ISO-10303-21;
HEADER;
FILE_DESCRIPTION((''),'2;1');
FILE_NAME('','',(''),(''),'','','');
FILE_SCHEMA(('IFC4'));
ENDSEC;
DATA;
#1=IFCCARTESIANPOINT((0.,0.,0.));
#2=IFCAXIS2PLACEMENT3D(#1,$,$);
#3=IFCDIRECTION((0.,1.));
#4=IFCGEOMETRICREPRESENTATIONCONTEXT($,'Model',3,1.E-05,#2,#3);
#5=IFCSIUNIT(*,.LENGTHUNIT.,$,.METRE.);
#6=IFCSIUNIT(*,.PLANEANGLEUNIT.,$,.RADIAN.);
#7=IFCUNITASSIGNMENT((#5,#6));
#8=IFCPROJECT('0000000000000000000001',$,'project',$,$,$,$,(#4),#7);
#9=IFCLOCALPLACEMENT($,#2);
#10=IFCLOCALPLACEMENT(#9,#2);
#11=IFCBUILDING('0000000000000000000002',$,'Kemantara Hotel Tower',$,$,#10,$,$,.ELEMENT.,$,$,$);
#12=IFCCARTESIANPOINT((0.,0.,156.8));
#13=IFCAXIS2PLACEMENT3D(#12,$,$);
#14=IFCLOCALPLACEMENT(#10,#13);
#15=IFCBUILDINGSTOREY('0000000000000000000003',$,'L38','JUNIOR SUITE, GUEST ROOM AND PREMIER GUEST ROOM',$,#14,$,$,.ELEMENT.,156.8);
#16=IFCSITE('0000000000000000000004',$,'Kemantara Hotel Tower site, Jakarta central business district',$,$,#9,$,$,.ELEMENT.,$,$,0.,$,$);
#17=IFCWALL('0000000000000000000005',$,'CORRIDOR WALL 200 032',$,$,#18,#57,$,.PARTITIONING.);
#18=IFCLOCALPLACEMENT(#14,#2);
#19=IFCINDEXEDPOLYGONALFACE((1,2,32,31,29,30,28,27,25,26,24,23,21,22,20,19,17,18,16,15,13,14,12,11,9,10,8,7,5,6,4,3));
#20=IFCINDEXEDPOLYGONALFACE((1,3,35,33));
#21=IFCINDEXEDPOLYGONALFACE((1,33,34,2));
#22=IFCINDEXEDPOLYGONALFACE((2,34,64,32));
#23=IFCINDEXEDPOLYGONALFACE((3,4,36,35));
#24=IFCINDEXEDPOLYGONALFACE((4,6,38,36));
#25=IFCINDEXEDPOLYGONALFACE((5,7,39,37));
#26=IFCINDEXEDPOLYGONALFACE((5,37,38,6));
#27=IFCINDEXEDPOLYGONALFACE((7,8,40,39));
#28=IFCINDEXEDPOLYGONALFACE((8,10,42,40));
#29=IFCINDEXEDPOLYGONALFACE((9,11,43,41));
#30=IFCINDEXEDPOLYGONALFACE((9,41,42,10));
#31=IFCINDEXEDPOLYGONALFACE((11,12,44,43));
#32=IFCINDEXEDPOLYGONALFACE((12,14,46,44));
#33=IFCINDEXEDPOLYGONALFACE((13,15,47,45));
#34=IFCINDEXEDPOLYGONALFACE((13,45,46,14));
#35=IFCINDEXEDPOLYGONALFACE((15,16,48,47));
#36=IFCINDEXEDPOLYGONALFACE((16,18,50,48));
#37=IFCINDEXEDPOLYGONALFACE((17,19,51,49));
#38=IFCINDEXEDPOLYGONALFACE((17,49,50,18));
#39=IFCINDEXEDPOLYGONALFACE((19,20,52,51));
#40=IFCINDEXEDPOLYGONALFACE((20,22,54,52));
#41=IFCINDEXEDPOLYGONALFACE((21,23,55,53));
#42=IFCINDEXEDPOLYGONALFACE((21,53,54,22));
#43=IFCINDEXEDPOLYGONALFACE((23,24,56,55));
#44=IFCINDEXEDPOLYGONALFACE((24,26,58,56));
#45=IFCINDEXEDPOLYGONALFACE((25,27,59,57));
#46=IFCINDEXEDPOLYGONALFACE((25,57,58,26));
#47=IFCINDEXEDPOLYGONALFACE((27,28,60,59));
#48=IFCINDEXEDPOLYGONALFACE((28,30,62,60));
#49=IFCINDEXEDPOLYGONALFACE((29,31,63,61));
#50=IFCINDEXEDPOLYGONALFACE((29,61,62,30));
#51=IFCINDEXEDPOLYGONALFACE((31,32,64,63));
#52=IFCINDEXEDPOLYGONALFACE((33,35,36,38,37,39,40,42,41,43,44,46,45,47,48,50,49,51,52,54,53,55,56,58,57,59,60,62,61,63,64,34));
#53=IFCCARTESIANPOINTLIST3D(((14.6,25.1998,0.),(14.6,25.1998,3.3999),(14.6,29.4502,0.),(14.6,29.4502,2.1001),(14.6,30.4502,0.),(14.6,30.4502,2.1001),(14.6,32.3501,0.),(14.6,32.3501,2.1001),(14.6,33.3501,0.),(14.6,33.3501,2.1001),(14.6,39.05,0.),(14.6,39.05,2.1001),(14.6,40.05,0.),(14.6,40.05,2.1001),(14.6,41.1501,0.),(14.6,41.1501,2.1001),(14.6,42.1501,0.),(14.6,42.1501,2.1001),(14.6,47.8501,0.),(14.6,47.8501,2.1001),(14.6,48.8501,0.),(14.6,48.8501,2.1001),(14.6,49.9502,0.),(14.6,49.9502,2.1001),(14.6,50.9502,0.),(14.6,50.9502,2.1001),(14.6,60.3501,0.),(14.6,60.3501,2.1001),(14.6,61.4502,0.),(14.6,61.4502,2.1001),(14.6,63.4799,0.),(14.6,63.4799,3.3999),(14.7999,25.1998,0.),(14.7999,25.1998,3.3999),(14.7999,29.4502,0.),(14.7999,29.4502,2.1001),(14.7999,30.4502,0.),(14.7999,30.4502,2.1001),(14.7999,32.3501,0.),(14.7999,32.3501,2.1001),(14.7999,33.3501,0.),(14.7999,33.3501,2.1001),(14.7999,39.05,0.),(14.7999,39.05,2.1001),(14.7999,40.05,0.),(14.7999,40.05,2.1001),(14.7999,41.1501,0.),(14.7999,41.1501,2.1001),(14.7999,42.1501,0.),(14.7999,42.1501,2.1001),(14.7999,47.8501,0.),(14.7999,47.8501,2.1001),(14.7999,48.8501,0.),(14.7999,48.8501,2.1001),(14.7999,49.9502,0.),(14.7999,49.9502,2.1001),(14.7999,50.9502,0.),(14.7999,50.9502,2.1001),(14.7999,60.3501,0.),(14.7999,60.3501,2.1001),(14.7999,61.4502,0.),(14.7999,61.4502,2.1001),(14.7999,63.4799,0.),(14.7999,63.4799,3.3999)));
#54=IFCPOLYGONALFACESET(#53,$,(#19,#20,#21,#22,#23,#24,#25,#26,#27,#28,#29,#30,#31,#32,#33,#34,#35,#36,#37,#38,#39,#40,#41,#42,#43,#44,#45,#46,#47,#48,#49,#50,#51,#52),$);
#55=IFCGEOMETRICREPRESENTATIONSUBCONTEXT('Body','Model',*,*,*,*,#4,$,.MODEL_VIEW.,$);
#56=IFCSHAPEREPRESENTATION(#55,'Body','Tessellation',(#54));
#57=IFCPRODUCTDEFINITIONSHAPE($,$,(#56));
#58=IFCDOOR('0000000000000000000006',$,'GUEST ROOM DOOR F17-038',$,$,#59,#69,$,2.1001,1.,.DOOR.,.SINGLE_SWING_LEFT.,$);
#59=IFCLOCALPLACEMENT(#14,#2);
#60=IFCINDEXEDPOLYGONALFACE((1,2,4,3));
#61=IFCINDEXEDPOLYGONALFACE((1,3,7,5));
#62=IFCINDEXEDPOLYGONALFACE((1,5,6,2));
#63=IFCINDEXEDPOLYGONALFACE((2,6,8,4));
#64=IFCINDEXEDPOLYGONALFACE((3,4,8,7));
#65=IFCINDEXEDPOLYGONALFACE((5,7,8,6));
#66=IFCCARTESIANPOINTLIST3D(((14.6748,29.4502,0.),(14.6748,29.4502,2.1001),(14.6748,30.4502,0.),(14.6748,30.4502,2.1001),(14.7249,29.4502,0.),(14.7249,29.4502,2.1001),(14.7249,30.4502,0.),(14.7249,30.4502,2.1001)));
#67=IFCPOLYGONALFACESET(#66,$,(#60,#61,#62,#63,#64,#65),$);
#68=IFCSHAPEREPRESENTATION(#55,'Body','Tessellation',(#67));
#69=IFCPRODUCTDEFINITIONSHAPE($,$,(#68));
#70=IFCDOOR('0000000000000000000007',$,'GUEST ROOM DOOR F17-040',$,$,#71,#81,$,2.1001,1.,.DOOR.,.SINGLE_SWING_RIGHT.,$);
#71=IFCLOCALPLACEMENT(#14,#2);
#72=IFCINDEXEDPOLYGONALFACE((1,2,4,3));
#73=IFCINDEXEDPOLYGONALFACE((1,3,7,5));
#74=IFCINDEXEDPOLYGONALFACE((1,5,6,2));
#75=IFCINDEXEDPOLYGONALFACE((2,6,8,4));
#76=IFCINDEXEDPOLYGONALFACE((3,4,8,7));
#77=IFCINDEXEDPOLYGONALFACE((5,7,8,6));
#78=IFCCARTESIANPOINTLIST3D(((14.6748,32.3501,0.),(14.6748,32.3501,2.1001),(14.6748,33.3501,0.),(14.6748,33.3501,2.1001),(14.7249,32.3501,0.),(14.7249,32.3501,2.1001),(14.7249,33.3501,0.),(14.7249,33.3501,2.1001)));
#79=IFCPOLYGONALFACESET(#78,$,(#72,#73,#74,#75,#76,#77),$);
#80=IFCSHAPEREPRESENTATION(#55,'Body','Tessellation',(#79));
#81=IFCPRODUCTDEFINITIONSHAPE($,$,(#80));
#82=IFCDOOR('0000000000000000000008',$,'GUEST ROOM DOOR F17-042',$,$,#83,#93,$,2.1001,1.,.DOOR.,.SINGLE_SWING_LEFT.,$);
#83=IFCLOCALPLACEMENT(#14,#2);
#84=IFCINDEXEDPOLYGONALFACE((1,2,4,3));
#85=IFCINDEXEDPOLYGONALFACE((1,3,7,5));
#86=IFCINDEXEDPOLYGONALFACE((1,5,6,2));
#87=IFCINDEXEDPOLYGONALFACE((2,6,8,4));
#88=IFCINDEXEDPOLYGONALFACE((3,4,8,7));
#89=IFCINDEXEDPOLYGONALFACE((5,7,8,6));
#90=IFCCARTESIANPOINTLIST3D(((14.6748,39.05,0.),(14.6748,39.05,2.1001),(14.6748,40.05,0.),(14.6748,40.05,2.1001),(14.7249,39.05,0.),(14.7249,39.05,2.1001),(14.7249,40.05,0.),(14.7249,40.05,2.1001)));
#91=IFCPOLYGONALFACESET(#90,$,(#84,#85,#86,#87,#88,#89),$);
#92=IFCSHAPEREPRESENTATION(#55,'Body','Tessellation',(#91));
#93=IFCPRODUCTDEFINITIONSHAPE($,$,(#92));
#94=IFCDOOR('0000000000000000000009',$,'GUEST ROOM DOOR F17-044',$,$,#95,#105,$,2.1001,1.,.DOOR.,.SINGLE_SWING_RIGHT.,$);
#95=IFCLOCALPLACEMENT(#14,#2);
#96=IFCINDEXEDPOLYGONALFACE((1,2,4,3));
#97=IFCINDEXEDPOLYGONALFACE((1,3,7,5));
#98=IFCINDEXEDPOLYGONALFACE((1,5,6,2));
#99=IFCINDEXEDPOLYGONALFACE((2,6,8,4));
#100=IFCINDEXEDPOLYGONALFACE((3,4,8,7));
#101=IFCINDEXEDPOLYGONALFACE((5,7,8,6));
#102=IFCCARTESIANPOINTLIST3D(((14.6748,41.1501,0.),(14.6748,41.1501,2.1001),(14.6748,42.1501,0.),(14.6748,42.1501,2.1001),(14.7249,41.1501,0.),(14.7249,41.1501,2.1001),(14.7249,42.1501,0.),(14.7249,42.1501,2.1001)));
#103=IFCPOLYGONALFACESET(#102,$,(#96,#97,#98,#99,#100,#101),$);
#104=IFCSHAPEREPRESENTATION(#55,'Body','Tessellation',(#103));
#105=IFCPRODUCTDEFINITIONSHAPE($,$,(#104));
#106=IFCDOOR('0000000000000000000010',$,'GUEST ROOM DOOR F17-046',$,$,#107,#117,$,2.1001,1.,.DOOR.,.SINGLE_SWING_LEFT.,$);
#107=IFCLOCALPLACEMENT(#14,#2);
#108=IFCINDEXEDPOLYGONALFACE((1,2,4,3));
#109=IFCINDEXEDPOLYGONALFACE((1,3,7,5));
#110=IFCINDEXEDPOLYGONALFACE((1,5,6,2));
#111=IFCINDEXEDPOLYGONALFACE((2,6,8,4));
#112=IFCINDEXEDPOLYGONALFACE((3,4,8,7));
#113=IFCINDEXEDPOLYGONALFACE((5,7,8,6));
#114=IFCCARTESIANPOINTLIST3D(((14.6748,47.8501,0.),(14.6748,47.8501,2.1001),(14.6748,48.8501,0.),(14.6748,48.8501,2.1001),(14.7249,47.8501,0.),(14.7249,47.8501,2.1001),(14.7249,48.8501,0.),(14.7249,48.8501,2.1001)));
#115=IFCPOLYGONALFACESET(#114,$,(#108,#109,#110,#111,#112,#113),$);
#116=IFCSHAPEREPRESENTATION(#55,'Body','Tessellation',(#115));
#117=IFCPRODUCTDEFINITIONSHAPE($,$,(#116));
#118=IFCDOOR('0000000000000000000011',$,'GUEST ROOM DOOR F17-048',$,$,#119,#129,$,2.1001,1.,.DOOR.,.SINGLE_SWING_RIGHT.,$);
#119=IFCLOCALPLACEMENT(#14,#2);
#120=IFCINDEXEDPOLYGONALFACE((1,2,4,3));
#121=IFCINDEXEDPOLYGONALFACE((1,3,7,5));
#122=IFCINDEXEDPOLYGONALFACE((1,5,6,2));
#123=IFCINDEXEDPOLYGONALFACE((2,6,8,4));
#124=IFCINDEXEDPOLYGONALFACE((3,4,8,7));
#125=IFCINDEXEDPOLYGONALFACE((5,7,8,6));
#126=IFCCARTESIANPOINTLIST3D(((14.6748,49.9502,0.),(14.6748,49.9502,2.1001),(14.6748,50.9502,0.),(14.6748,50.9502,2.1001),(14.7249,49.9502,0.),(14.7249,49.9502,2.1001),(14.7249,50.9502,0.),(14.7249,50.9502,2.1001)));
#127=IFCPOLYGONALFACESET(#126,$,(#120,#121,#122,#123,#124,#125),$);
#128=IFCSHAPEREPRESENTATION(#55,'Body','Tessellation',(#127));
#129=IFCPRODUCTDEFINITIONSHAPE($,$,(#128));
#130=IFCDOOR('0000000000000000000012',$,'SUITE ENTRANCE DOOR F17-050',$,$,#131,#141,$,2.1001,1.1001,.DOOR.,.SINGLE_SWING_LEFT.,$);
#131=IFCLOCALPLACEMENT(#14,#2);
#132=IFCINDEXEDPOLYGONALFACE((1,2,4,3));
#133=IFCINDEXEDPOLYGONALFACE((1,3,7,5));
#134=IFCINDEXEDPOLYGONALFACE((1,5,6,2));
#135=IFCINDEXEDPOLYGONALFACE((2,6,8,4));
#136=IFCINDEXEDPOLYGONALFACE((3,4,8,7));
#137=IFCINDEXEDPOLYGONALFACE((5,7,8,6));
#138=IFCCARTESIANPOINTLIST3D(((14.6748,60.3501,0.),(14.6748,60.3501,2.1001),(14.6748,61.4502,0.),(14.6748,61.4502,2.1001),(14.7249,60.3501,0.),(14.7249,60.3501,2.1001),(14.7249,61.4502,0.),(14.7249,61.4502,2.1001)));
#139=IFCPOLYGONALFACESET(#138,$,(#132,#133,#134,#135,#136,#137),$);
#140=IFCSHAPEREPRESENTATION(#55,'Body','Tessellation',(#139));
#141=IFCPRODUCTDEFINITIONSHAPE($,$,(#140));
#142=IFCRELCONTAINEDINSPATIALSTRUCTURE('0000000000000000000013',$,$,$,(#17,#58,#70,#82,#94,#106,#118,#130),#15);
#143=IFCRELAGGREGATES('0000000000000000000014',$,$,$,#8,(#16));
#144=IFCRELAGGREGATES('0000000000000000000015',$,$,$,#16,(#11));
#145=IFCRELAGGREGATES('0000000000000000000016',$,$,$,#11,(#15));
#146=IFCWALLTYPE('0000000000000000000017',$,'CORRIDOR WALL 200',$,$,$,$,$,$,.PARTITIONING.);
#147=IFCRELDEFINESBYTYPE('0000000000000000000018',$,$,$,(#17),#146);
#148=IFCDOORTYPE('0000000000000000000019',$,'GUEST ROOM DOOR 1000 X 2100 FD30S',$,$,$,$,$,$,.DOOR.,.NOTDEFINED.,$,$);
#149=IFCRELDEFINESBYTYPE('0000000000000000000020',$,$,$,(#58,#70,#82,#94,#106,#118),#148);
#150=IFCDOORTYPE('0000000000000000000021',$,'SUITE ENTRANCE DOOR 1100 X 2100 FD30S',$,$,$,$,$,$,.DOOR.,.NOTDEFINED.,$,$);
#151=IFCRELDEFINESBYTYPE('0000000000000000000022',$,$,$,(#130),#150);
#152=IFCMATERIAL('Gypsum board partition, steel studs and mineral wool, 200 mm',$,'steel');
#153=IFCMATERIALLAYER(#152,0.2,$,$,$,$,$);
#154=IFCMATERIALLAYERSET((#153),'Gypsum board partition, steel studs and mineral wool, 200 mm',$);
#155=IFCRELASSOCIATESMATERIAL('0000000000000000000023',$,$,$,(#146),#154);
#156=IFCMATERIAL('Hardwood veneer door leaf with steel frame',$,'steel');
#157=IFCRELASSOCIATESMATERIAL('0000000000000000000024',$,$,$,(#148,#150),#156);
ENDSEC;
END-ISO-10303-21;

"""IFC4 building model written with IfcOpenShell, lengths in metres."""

from ifc_helpers import new_model, si_unit, direction, frame, frame_2d, origin, place, context, subcontext, project, spatial, rectangle, extrude, material, layer, layer_set, type_object, element, fill, save


model = new_model("IFC4")

# Units and contexts
model_context = context("Model", 3, precision=1e-05, world=origin(), true_north=direction((0.0, 1.0)))
body_context = subcontext(model_context, "Body", "Model", "MODEL_VIEW")
ifc_project = project(units=[si_unit("LENGTHUNIT", "METRE"), si_unit("PLANEANGLEUNIT", "RADIAN")], contexts=[model_context])

# Site, building, storey
site_placement = place(None, origin())
site = spatial("IfcSite", under=ifc_project, at=site_placement, Name="Kemantara Hotel Tower site, Jakarta central business district", CompositionType="ELEMENT", RefElevation=0.0)
building_placement = place(site_placement, origin())
building = spatial("IfcBuilding", under=site, at=building_placement, Name="Kemantara Hotel Tower", CompositionType="ELEMENT")
storey_placement = place(building_placement, frame((0.0, 0.0, 156.8)))
storey = spatial("IfcBuildingStorey", under=building, at=storey_placement, Name="L38", Description="JUNIOR SUITE, GUEST ROOM AND PREMIER GUEST ROOM", CompositionType="ELEMENT", Elevation=156.8)

# Wall, openings, doors
ifc_material_1 = material(Name="Gypsum board partition, steel studs and mineral wool, 200 mm", Category="steel")
ifc_layer_1 = layer(ifc_material_1, 0.2)
ifc_layer_set_1 = layer_set([ifc_layer_1], Name="Gypsum board partition, steel studs and mineral wool, 200 mm")
wall_type_1 = type_object("IfcWallType", Name="CORRIDOR WALL 200", PredefinedType="PARTITIONING", material=ifc_layer_set_1)
wall_1_placement = place(storey_placement, frame((14.7, 63.48, 0.0), z_axis=(0.0, 0.0, 1.0), x_axis=(0.0, -1.0, 0.0)))
wall_1 = element("IfcWall", 1, at=wall_1_placement, inside=storey, type_object=wall_type_1, Name="CORRIDOR WALL 200 032", PredefinedType="PARTITIONING", context=body_context, shape_type="SweptSolid", body=[
    extrude(rectangle(XDim=38.28, YDim=0.2, at=frame_2d((19.1401, 0.0))), origin(), (0.0, 0.0, 1.0), 3.3999),
])
opening_1_placement = place(wall_1_placement, frame((33.0298, 0.0, 0.0)))
opening_1 = element("IfcOpeningElement", 2, at=opening_1_placement, cuts=wall_1, PredefinedType="OPENING", context=body_context, shape_type="SweptSolid", body=[
    extrude(rectangle(XDim=1.0, YDim=2.1001, at=frame_2d((0.5, 1.05))), frame((0.0, 0.1099, 0.0), z_axis=(0.0, -1.0, 0.0), x_axis=(1.0, 0.0, 0.0)), (0.0, 0.0, 1.0), 0.22),
])
opening_2_placement = place(wall_1_placement, frame((30.1299, 0.0, 0.0)))
opening_2 = element("IfcOpeningElement", 3, at=opening_2_placement, cuts=wall_1, PredefinedType="OPENING", context=body_context, shape_type="SweptSolid", body=[
    extrude(rectangle(XDim=1.0, YDim=2.1001, at=frame_2d((0.5, 1.05))), frame((0.0, 0.1099, 0.0), z_axis=(0.0, -1.0, 0.0), x_axis=(1.0, 0.0, 0.0)), (0.0, 0.0, 1.0), 0.22),
])
opening_3_placement = place(wall_1_placement, frame((23.4299, 0.0, 0.0)))
opening_3 = element("IfcOpeningElement", 4, at=opening_3_placement, cuts=wall_1, PredefinedType="OPENING", context=body_context, shape_type="SweptSolid", body=[
    extrude(rectangle(XDim=1.0, YDim=2.1001, at=frame_2d((0.5, 1.05))), frame((0.0, 0.1099, 0.0), z_axis=(0.0, -1.0, 0.0), x_axis=(1.0, 0.0, 0.0)), (0.0, 0.0, 1.0), 0.22),
])
opening_4_placement = place(wall_1_placement, frame((21.3298, 0.0, 0.0)))
opening_4 = element("IfcOpeningElement", 5, at=opening_4_placement, cuts=wall_1, PredefinedType="OPENING", context=body_context, shape_type="SweptSolid", body=[
    extrude(rectangle(XDim=1.0, YDim=2.1001, at=frame_2d((0.5, 1.05))), frame((0.0, 0.1099, 0.0), z_axis=(0.0, -1.0, 0.0), x_axis=(1.0, 0.0, 0.0)), (0.0, 0.0, 1.0), 0.22),
])
opening_5_placement = place(wall_1_placement, frame((14.6299, 0.0, 0.0)))
opening_5 = element("IfcOpeningElement", 6, at=opening_5_placement, cuts=wall_1, PredefinedType="OPENING", context=body_context, shape_type="SweptSolid", body=[
    extrude(rectangle(XDim=1.0, YDim=2.1001, at=frame_2d((0.5, 1.05))), frame((0.0, 0.1099, 0.0), z_axis=(0.0, -1.0, 0.0), x_axis=(1.0, 0.0, 0.0)), (0.0, 0.0, 1.0), 0.22),
])
opening_6_placement = place(wall_1_placement, frame((12.5298, 0.0, 0.0)))
opening_6 = element("IfcOpeningElement", 7, at=opening_6_placement, cuts=wall_1, PredefinedType="OPENING", context=body_context, shape_type="SweptSolid", body=[
    extrude(rectangle(XDim=1.0, YDim=2.1001, at=frame_2d((0.5, 1.05))), frame((0.0, 0.1099, 0.0), z_axis=(0.0, -1.0, 0.0), x_axis=(1.0, 0.0, 0.0)), (0.0, 0.0, 1.0), 0.22),
])
opening_7_placement = place(wall_1_placement, frame((2.0298, 0.0, 0.0)))
opening_7 = element("IfcOpeningElement", 8, at=opening_7_placement, cuts=wall_1, PredefinedType="OPENING", context=body_context, shape_type="SweptSolid", body=[
    extrude(rectangle(XDim=1.1001, YDim=2.1001, at=frame_2d((0.55, 1.05))), frame((0.0, 0.1099, 0.0), z_axis=(0.0, -1.0, 0.0), x_axis=(1.0, 0.0, 0.0)), (0.0, 0.0, 1.0), 0.22),
])
ifc_material_2 = material(Name="Hardwood veneer door leaf with steel frame", Category="steel")
door_type_1 = type_object("IfcDoorType", Name="GUEST ROOM DOOR 1000 X 2100 FD30S", OperationType="NOTDEFINED", PredefinedType="DOOR", material=ifc_material_2)
door_1_placement = place(opening_1_placement, origin())
door_1 = element("IfcDoor", 9, at=door_1_placement, inside=storey, type_object=door_type_1, Name="GUEST ROOM DOOR F17-038", OperationType="SINGLE_SWING_LEFT", OverallHeight=2.1001, OverallWidth=1.0, PredefinedType="DOOR", context=body_context, shape_type="SweptSolid", body=[
    extrude(rectangle(XDim=1.0, YDim=2.1001, at=frame_2d((0.5, 1.05))), frame((0.0, 0.0249, 0.0), z_axis=(0.0, -1.0, 0.0), x_axis=(1.0, 0.0, 0.0)), (0.0, 0.0, 1.0), 0.05),
])
fill(opening_1, door_1)
door_2_placement = place(opening_2_placement, origin())
door_2 = element("IfcDoor", 10, at=door_2_placement, inside=storey, type_object=door_type_1, Name="GUEST ROOM DOOR F17-040", OperationType="SINGLE_SWING_RIGHT", OverallHeight=2.1001, OverallWidth=1.0, PredefinedType="DOOR", context=body_context, shape_type="SweptSolid", body=[
    extrude(rectangle(XDim=1.0, YDim=2.1001, at=frame_2d((0.5, 1.05))), frame((0.0, 0.0249, 0.0), z_axis=(0.0, -1.0, 0.0), x_axis=(1.0, 0.0, 0.0)), (0.0, 0.0, 1.0), 0.05),
])
fill(opening_2, door_2)
door_3_placement = place(opening_3_placement, origin())
door_3 = element("IfcDoor", 11, at=door_3_placement, inside=storey, type_object=door_type_1, Name="GUEST ROOM DOOR F17-042", OperationType="SINGLE_SWING_LEFT", OverallHeight=2.1001, OverallWidth=1.0, PredefinedType="DOOR", context=body_context, shape_type="SweptSolid", body=[
    extrude(rectangle(XDim=1.0, YDim=2.1001, at=frame_2d((0.5, 1.05))), frame((0.0, 0.0249, 0.0), z_axis=(0.0, -1.0, 0.0), x_axis=(1.0, 0.0, 0.0)), (0.0, 0.0, 1.0), 0.05),
])
fill(opening_3, door_3)
door_4_placement = place(opening_4_placement, origin())
door_4 = element("IfcDoor", 12, at=door_4_placement, inside=storey, type_object=door_type_1, Name="GUEST ROOM DOOR F17-044", OperationType="SINGLE_SWING_RIGHT", OverallHeight=2.1001, OverallWidth=1.0, PredefinedType="DOOR", context=body_context, shape_type="SweptSolid", body=[
    extrude(rectangle(XDim=1.0, YDim=2.1001, at=frame_2d((0.5, 1.05))), frame((0.0, 0.0249, 0.0), z_axis=(0.0, -1.0, 0.0), x_axis=(1.0, 0.0, 0.0)), (0.0, 0.0, 1.0), 0.05),
])
fill(opening_4, door_4)
door_5_placement = place(opening_5_placement, origin())
door_5 = element("IfcDoor", 13, at=door_5_placement, inside=storey, type_object=door_type_1, Name="GUEST ROOM DOOR F17-046", OperationType="SINGLE_SWING_LEFT", OverallHeight=2.1001, OverallWidth=1.0, PredefinedType="DOOR", context=body_context, shape_type="SweptSolid", body=[
    extrude(rectangle(XDim=1.0, YDim=2.1001, at=frame_2d((0.5, 1.05))), frame((0.0, 0.0249, 0.0), z_axis=(0.0, -1.0, 0.0), x_axis=(1.0, 0.0, 0.0)), (0.0, 0.0, 1.0), 0.05),
])
fill(opening_5, door_5)
door_6_placement = place(opening_6_placement, origin())
door_6 = element("IfcDoor", 14, at=door_6_placement, inside=storey, type_object=door_type_1, Name="GUEST ROOM DOOR F17-048", OperationType="SINGLE_SWING_RIGHT", OverallHeight=2.1001, OverallWidth=1.0, PredefinedType="DOOR", context=body_context, shape_type="SweptSolid", body=[
    extrude(rectangle(XDim=1.0, YDim=2.1001, at=frame_2d((0.5, 1.05))), frame((0.0, 0.0249, 0.0), z_axis=(0.0, -1.0, 0.0), x_axis=(1.0, 0.0, 0.0)), (0.0, 0.0, 1.0), 0.05),
])
fill(opening_6, door_6)
door_type_2 = type_object("IfcDoorType", Name="SUITE ENTRANCE DOOR 1100 X 2100 FD30S", OperationType="NOTDEFINED", PredefinedType="DOOR", material=ifc_material_2)
door_7_placement = place(opening_7_placement, origin())
door_7 = element("IfcDoor", 15, at=door_7_placement, inside=storey, type_object=door_type_2, Name="SUITE ENTRANCE DOOR F17-050", OperationType="SINGLE_SWING_LEFT", OverallHeight=2.1001, OverallWidth=1.1001, PredefinedType="DOOR", context=body_context, shape_type="SweptSolid", body=[
    extrude(rectangle(XDim=1.1001, YDim=2.1001, at=frame_2d((0.55, 1.05))), frame((0.0, 0.0249, 0.0), z_axis=(0.0, -1.0, 0.0), x_axis=(1.0, 0.0, 0.0)), (0.0, 0.0, 1.0), 0.05),
])
fill(opening_7, door_7)

save(model, "model.ifc")
